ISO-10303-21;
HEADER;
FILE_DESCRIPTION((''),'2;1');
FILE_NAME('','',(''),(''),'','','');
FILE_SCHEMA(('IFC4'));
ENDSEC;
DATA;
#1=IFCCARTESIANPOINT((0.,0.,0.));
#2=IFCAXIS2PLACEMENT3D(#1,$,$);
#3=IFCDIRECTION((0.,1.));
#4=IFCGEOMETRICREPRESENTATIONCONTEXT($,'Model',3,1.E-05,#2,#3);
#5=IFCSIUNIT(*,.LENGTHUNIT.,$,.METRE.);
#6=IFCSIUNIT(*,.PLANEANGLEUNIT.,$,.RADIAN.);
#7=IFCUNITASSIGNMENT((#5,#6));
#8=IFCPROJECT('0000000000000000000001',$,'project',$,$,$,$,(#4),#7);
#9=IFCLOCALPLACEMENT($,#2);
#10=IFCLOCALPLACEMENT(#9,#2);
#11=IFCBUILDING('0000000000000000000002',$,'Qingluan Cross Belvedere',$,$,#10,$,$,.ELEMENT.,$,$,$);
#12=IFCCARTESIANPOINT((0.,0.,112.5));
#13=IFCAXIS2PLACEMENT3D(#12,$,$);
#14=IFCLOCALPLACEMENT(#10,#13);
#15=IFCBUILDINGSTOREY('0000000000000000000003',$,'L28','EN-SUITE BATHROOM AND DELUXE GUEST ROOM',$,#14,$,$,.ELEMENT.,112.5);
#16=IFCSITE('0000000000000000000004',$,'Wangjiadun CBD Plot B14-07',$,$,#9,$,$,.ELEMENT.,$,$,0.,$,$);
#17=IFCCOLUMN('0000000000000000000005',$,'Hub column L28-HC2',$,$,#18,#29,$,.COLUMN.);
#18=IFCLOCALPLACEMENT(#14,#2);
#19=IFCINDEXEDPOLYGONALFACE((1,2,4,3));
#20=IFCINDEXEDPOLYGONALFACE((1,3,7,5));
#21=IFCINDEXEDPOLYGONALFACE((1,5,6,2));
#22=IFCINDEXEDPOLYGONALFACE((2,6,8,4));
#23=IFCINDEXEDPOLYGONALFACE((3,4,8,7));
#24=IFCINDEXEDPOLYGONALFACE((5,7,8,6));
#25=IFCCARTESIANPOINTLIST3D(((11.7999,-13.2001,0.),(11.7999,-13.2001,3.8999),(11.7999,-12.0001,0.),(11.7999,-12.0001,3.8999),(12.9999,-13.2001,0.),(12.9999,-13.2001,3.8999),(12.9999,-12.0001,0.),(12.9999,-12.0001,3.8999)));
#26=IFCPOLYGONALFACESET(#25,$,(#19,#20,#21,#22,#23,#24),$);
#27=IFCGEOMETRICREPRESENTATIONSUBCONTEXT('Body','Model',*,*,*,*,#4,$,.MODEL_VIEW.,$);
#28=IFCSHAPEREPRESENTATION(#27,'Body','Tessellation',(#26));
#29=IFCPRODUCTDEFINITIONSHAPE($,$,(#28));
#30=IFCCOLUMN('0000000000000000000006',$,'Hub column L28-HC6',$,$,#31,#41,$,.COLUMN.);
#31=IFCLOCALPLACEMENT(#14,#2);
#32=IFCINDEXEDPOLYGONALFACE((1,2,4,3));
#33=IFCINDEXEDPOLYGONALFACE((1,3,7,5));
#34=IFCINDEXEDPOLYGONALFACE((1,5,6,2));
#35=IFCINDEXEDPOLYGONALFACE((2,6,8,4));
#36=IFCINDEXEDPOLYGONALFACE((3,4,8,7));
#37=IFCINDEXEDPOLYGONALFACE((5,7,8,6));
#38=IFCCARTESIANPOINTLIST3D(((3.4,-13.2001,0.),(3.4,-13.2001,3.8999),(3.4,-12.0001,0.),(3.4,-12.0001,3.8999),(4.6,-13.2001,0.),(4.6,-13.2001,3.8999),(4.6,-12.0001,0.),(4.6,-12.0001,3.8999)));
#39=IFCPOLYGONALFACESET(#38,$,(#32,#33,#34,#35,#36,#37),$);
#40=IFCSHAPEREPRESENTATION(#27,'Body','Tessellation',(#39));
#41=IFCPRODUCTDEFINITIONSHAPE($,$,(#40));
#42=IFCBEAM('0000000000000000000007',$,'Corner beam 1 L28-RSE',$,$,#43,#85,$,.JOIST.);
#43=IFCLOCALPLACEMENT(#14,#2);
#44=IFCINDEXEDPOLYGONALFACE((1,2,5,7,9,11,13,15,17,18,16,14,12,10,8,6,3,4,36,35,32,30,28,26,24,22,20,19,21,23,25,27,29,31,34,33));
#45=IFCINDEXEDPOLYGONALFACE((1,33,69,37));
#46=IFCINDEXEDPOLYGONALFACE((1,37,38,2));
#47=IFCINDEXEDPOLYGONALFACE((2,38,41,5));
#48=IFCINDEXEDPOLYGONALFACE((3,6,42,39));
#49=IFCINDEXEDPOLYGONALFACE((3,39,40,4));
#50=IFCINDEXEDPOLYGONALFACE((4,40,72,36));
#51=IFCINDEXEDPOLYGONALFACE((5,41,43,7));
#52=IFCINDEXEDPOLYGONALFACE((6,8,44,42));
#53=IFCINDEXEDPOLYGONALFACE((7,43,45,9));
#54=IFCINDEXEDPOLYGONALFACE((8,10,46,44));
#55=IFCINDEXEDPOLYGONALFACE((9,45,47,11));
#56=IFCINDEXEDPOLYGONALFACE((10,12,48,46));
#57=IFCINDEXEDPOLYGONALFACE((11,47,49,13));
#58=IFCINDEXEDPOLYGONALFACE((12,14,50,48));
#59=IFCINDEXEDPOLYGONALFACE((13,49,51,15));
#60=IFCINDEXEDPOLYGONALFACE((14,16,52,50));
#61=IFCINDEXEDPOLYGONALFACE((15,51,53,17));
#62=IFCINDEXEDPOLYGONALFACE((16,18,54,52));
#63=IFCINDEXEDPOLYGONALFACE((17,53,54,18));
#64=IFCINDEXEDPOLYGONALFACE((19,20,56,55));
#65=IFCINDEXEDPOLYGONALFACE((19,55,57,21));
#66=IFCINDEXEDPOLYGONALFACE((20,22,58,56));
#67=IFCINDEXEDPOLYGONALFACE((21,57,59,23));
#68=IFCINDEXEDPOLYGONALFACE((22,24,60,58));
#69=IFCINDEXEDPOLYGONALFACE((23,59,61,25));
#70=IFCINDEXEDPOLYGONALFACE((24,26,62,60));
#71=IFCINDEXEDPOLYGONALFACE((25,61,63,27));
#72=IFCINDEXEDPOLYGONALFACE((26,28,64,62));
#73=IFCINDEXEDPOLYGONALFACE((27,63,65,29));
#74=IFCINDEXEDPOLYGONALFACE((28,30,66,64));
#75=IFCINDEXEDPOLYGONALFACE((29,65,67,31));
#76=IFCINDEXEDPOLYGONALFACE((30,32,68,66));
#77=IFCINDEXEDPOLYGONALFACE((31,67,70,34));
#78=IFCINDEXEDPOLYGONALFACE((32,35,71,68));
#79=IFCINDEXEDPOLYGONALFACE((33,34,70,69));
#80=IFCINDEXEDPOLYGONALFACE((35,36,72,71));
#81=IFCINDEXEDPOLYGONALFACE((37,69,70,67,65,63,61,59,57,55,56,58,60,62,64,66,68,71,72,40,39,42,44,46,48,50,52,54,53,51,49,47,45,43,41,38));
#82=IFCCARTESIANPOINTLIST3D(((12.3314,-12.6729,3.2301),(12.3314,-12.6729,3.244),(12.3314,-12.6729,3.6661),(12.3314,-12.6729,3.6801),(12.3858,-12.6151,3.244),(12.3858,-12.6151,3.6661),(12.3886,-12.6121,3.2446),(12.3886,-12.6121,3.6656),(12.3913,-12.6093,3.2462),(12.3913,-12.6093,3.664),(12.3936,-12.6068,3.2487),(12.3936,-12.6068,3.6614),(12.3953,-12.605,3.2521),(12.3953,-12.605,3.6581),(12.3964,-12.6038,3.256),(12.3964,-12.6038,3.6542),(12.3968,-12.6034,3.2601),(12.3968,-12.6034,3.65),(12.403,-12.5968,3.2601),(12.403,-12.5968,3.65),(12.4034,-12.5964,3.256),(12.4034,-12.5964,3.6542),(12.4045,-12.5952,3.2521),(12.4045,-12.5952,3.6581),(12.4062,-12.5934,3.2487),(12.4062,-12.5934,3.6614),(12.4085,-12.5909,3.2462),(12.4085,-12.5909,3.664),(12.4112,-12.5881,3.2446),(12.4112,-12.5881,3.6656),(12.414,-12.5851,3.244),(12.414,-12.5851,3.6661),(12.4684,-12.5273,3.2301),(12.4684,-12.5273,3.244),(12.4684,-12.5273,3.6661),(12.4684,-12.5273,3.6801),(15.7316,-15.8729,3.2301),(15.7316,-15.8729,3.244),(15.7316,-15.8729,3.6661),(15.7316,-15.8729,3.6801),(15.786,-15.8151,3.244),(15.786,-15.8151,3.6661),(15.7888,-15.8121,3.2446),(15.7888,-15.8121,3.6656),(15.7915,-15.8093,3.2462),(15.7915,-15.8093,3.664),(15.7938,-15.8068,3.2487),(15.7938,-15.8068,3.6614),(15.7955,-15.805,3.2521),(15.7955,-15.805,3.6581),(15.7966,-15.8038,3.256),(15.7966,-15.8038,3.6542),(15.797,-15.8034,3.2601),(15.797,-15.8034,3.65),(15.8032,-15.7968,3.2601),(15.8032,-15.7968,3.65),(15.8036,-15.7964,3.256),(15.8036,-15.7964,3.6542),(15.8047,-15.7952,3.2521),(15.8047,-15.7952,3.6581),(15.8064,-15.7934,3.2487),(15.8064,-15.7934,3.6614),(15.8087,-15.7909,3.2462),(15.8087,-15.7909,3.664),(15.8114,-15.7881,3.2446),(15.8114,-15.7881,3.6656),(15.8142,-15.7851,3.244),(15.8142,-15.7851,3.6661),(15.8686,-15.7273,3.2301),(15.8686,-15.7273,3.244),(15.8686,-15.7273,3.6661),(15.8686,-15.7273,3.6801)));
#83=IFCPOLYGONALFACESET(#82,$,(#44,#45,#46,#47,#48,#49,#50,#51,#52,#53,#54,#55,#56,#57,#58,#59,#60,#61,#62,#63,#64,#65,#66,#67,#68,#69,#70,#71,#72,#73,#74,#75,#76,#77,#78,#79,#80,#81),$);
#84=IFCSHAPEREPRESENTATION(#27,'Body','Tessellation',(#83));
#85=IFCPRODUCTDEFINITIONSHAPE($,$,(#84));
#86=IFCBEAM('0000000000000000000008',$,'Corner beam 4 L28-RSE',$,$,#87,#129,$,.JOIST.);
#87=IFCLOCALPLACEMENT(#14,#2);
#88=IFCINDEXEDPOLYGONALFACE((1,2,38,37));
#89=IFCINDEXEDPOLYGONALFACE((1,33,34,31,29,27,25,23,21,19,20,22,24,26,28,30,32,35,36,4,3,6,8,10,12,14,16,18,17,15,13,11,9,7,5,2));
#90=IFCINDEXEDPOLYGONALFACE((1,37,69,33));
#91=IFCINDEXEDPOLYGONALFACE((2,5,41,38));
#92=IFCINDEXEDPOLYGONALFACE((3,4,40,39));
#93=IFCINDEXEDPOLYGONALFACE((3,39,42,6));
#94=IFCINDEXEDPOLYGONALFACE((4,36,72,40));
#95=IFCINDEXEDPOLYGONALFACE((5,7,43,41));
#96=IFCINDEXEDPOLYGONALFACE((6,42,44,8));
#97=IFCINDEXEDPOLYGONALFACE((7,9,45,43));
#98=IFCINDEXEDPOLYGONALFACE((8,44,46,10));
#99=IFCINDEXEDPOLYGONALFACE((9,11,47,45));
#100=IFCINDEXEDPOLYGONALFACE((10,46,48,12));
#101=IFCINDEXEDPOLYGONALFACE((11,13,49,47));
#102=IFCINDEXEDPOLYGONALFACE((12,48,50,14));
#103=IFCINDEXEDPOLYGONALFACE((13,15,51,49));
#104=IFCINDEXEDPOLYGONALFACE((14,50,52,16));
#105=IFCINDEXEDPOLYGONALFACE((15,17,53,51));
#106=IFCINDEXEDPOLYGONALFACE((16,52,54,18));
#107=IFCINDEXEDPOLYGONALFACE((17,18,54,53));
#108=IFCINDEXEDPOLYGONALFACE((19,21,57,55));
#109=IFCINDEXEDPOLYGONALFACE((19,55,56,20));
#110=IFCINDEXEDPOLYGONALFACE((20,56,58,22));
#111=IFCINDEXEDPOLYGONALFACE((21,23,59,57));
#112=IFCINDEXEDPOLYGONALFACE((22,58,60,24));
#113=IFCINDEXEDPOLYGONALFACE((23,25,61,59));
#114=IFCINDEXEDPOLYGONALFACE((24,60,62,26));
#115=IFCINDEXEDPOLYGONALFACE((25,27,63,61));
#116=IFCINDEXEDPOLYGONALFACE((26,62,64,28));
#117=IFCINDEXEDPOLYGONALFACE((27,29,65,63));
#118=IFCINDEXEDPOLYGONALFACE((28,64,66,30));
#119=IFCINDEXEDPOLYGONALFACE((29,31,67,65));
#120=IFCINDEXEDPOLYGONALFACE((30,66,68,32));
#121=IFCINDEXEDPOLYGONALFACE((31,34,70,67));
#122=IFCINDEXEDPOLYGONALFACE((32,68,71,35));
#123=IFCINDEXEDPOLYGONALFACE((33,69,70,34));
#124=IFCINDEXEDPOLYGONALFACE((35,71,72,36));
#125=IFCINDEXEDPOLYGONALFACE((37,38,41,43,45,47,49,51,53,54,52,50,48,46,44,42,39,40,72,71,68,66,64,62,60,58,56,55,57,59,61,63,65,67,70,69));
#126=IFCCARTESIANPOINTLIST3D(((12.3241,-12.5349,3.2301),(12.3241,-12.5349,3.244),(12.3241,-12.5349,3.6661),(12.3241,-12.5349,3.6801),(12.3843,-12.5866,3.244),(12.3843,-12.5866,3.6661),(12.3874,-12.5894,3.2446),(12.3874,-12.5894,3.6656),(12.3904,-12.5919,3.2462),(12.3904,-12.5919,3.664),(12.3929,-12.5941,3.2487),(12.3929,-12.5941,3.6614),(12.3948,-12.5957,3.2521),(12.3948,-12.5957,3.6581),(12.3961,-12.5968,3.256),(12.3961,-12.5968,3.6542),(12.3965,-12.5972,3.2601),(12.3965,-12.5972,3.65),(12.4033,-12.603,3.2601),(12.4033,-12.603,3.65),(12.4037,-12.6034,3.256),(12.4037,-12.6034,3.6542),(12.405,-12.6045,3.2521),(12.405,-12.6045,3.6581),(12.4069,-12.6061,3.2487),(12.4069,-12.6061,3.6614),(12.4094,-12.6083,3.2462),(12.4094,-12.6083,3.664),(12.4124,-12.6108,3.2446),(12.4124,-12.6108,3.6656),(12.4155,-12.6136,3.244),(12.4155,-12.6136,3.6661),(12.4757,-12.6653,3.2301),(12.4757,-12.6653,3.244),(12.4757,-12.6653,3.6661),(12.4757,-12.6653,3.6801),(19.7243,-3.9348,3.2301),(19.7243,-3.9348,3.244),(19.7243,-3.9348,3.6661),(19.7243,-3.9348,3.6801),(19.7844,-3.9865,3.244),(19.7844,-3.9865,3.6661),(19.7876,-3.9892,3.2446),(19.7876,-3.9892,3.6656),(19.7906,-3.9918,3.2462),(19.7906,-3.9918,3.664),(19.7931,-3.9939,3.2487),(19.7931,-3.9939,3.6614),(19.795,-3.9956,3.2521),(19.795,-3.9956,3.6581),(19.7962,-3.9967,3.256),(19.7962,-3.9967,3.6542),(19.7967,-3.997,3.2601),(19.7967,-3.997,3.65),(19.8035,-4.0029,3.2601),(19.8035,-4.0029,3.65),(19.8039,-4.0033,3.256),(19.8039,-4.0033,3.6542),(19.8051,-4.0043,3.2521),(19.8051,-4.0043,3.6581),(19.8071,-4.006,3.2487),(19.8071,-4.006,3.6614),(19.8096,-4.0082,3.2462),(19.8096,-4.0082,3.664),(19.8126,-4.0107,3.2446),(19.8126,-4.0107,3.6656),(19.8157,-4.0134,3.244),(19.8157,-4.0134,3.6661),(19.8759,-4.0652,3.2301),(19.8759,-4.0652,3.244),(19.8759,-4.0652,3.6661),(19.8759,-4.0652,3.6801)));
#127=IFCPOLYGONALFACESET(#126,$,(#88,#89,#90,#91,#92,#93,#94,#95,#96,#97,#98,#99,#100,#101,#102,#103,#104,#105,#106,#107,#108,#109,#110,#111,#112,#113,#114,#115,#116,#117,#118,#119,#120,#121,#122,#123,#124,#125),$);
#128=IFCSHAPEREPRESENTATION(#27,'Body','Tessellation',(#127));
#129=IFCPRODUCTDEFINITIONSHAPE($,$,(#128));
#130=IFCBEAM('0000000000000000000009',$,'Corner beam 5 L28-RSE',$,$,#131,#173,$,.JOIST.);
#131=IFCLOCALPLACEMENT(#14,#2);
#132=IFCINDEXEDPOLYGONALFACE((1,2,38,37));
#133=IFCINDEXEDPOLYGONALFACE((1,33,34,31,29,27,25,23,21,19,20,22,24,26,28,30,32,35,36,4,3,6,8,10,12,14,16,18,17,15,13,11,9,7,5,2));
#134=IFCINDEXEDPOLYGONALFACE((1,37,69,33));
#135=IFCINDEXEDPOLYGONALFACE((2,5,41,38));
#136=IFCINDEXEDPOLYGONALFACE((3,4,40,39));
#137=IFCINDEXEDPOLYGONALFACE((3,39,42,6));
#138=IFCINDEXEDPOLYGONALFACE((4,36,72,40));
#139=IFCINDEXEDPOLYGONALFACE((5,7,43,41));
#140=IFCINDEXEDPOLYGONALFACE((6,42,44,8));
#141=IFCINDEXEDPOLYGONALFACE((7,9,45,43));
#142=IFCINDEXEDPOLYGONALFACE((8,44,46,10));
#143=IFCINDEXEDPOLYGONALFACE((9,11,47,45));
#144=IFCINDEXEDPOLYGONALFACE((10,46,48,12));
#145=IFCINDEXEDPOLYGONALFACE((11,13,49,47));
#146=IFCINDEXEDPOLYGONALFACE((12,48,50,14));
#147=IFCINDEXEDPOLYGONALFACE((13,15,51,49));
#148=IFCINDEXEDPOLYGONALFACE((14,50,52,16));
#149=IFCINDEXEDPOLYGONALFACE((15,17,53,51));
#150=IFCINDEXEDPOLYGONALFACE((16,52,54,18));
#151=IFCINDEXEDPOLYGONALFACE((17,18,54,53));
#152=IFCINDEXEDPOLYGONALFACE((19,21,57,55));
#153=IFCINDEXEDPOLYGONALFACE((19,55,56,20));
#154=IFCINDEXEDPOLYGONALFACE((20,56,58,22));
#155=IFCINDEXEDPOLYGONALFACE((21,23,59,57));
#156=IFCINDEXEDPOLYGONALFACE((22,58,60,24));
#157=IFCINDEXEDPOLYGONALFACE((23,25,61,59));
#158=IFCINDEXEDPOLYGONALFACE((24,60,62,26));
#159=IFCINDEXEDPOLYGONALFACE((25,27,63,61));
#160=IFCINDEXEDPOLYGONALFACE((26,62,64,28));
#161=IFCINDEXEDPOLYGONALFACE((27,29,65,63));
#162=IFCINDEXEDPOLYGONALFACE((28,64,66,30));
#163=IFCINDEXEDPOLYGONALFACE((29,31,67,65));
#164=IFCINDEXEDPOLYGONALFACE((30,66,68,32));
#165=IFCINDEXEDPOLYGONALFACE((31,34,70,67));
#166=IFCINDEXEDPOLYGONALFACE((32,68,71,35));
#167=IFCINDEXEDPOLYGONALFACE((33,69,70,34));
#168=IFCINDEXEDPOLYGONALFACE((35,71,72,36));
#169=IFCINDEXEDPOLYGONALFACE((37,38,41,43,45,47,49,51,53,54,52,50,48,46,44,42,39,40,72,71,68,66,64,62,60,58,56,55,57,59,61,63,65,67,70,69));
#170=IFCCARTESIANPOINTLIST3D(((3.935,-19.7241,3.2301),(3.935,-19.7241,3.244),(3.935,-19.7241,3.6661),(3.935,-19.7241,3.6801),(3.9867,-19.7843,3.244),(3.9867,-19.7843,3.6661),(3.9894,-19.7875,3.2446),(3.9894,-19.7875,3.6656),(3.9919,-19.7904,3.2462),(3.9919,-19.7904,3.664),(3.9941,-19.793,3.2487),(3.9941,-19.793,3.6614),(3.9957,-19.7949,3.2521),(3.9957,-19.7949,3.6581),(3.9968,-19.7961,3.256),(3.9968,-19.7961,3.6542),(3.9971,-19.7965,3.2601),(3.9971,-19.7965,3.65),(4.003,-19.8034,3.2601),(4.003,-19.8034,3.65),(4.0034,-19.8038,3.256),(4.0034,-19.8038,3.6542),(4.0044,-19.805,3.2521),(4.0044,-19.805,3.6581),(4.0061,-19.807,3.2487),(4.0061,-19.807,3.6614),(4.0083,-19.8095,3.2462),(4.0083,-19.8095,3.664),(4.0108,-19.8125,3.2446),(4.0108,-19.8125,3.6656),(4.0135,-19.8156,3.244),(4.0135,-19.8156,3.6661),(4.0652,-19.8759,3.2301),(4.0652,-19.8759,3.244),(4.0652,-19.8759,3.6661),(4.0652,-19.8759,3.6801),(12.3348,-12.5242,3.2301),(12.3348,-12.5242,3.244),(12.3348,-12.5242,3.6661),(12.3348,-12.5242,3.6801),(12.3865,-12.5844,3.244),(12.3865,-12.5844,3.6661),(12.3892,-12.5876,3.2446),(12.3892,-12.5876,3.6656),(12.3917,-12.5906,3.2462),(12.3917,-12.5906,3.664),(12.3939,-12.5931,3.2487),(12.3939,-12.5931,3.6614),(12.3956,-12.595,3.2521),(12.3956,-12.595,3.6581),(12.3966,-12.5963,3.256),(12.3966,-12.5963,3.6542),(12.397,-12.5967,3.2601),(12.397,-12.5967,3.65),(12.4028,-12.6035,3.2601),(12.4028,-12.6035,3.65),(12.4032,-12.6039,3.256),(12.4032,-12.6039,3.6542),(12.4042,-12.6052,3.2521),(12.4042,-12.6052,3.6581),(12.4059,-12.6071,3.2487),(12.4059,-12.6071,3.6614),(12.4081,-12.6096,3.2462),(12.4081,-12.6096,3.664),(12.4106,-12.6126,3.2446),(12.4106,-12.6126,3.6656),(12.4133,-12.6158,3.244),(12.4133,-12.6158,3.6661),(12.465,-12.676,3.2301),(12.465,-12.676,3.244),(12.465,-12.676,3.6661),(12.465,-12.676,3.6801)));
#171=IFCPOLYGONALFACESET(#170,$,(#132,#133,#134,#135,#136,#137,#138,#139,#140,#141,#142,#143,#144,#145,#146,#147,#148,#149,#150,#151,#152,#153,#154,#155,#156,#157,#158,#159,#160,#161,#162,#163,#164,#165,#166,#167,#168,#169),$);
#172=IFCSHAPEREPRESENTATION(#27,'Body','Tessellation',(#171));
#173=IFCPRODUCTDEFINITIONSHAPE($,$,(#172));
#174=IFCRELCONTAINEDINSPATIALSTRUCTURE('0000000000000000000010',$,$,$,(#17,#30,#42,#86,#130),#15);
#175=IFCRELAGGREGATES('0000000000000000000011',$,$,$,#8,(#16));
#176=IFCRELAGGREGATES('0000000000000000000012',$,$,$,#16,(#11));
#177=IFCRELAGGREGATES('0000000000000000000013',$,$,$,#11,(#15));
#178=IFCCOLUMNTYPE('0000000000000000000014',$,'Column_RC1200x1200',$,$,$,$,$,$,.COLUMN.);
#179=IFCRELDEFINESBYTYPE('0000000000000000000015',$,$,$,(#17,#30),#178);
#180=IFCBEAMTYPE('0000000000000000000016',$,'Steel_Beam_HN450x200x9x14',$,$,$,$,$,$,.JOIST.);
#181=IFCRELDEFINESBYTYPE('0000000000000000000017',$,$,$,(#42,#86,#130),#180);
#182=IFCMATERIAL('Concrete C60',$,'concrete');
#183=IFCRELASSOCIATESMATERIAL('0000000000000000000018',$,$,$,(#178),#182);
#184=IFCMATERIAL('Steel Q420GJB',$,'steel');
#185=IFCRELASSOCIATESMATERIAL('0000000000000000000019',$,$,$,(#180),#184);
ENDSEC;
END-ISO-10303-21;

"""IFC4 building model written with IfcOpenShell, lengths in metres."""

from ifc_helpers import new_model, si_unit, direction, frame, origin, origin_2d, place, context, subcontext, project, spatial, rectangle, i_section, extrude, material, material_profile, profile_set, type_object, element, save


model = new_model("IFC4")

# Units and contexts
model_context = context("Model", 3, precision=1e-05, world=origin(), true_north=direction((0.0, 1.0)))
body_context = subcontext(model_context, "Body", "Model", "MODEL_VIEW")
ifc_project = project(units=[si_unit("LENGTHUNIT", "METRE"), si_unit("PLANEANGLEUNIT", "RADIAN")], contexts=[model_context])

# Site, building, storey
site_placement = place(None, origin())
site = spatial("IfcSite", under=ifc_project, at=site_placement, Name="Wangjiadun CBD Plot B14-07", CompositionType="ELEMENT", RefElevation=0.0)
building_placement = place(site_placement, origin())
building = spatial("IfcBuilding", under=site, at=building_placement, Name="Qingluan Cross Belvedere", CompositionType="ELEMENT")
storey_placement = place(building_placement, frame((0.0, 0.0, 112.5)))
storey = spatial("IfcBuildingStorey", under=building, at=storey_placement, Name="L28", Description="EN-SUITE BATHROOM AND DELUXE GUEST ROOM", CompositionType="ELEMENT", Elevation=112.5)

# Columns
ifc_material_1 = material(Name="Concrete C60", Category="concrete")
ifc_material_profile_1 = material_profile(ifc_material_1, rectangle(XDim=1.2, YDim=1.2, at=origin_2d()), Name="RC1200x1200")
ifc_profile_set_1 = profile_set([ifc_material_profile_1], Name="Concrete C60")
column_type = type_object("IfcColumnType", Name="Column_RC1200x1200", PredefinedType="COLUMN", material=ifc_profile_set_1)
for number, where, z_axis, x_axis, name in (
    (1, (12.3999, -12.6001, 0.0), (0.0, 0.0, 1.0), (1.0, 0.0, 0.0), "Hub column L28-HC2"),
    (2, (4.0, -12.6001, 0.0), (0.0, 0.0, 1.0), (1.0, 0.0, 0.0), "Hub column L28-HC6"),
):
    element("IfcColumn", number, at=place(storey_placement, frame(where, z_axis=z_axis, x_axis=x_axis)), inside=storey, type_object=column_type, Name=name, PredefinedType="COLUMN", context=body_context, shape_type="SweptSolid", body=[
        extrude(rectangle(XDim=1.2, YDim=1.2, at=origin_2d()), origin(), (0.0, 0.0, 1.0), 3.8999),
    ])

# Beams
ifc_material_2 = material(Name="Steel Q420GJB", Category="steel")
ifc_material_profile_2 = material_profile(ifc_material_2, i_section(OverallWidth=0.2, OverallDepth=0.45, WebThickness=0.009, FlangeThickness=0.0139, FilletRadius=0.0161, at=origin_2d()), Name="HN450x200x9x14")
ifc_profile_set_2 = profile_set([ifc_material_profile_2], Name="Steel Q420GJB")
beam_type_1 = type_object("IfcBeamType", Name="Steel_Beam_HN450x200x9x14", PredefinedType="JOIST", material=ifc_profile_set_2)
beam_1_placement = place(storey_placement, frame((12.3999, -12.6001, 3.4551), z_axis=(0.72822, -0.685343, 0.0), x_axis=(0.685343, 0.72822, 0.0)))
element("IfcBeam", 3, at=beam_1_placement, inside=storey, type_object=beam_type_1, Name="Corner beam 1 L28-RSE", PredefinedType="JOIST", context=body_context, shape_type="SweptSolid", body=[
    extrude(i_section(OverallWidth=0.2, OverallDepth=0.45, WebThickness=0.009, FlangeThickness=0.0139, FilletRadius=0.0161, at=origin_2d()), origin(), (0.0, 0.0, 1.0), 4.6692),
])
beam_2_placement = place(storey_placement, frame((12.3999, -12.6001, 3.4551), z_axis=(0.652245, 0.758008, 0.0), x_axis=(-0.758008, 0.652245, 0.0)))
element("IfcBeam", 4, at=beam_2_placement, inside=storey, type_object=beam_type_1, Name="Corner beam 4 L28-RSE", PredefinedType="JOIST", context=body_context, shape_type="SweptSolid", body=[
    extrude(i_section(OverallWidth=0.2, OverallDepth=0.45, WebThickness=0.009, FlangeThickness=0.0139, FilletRadius=0.0161, at=origin_2d()), origin(), (0.0, 0.0, 1.0), 11.3457),
])
beam_3_placement = place(storey_placement, frame((12.3999, -12.6001, 3.4551), z_axis=(-0.759255, -0.650793, 0.0), x_axis=(0.650793, -0.759255, 0.0)))
element("IfcBeam", 5, at=beam_3_placement, inside=storey, type_object=beam_type_1, Name="Corner beam 5 L28-RSE", PredefinedType="JOIST", context=body_context, shape_type="SweptSolid", body=[
    extrude(i_section(OverallWidth=0.2, OverallDepth=0.45, WebThickness=0.009, FlangeThickness=0.0139, FilletRadius=0.0161, at=origin_2d()), origin(), (0.0, 0.0, 1.0), 11.0632),
])

save(model, "model.ifc")
